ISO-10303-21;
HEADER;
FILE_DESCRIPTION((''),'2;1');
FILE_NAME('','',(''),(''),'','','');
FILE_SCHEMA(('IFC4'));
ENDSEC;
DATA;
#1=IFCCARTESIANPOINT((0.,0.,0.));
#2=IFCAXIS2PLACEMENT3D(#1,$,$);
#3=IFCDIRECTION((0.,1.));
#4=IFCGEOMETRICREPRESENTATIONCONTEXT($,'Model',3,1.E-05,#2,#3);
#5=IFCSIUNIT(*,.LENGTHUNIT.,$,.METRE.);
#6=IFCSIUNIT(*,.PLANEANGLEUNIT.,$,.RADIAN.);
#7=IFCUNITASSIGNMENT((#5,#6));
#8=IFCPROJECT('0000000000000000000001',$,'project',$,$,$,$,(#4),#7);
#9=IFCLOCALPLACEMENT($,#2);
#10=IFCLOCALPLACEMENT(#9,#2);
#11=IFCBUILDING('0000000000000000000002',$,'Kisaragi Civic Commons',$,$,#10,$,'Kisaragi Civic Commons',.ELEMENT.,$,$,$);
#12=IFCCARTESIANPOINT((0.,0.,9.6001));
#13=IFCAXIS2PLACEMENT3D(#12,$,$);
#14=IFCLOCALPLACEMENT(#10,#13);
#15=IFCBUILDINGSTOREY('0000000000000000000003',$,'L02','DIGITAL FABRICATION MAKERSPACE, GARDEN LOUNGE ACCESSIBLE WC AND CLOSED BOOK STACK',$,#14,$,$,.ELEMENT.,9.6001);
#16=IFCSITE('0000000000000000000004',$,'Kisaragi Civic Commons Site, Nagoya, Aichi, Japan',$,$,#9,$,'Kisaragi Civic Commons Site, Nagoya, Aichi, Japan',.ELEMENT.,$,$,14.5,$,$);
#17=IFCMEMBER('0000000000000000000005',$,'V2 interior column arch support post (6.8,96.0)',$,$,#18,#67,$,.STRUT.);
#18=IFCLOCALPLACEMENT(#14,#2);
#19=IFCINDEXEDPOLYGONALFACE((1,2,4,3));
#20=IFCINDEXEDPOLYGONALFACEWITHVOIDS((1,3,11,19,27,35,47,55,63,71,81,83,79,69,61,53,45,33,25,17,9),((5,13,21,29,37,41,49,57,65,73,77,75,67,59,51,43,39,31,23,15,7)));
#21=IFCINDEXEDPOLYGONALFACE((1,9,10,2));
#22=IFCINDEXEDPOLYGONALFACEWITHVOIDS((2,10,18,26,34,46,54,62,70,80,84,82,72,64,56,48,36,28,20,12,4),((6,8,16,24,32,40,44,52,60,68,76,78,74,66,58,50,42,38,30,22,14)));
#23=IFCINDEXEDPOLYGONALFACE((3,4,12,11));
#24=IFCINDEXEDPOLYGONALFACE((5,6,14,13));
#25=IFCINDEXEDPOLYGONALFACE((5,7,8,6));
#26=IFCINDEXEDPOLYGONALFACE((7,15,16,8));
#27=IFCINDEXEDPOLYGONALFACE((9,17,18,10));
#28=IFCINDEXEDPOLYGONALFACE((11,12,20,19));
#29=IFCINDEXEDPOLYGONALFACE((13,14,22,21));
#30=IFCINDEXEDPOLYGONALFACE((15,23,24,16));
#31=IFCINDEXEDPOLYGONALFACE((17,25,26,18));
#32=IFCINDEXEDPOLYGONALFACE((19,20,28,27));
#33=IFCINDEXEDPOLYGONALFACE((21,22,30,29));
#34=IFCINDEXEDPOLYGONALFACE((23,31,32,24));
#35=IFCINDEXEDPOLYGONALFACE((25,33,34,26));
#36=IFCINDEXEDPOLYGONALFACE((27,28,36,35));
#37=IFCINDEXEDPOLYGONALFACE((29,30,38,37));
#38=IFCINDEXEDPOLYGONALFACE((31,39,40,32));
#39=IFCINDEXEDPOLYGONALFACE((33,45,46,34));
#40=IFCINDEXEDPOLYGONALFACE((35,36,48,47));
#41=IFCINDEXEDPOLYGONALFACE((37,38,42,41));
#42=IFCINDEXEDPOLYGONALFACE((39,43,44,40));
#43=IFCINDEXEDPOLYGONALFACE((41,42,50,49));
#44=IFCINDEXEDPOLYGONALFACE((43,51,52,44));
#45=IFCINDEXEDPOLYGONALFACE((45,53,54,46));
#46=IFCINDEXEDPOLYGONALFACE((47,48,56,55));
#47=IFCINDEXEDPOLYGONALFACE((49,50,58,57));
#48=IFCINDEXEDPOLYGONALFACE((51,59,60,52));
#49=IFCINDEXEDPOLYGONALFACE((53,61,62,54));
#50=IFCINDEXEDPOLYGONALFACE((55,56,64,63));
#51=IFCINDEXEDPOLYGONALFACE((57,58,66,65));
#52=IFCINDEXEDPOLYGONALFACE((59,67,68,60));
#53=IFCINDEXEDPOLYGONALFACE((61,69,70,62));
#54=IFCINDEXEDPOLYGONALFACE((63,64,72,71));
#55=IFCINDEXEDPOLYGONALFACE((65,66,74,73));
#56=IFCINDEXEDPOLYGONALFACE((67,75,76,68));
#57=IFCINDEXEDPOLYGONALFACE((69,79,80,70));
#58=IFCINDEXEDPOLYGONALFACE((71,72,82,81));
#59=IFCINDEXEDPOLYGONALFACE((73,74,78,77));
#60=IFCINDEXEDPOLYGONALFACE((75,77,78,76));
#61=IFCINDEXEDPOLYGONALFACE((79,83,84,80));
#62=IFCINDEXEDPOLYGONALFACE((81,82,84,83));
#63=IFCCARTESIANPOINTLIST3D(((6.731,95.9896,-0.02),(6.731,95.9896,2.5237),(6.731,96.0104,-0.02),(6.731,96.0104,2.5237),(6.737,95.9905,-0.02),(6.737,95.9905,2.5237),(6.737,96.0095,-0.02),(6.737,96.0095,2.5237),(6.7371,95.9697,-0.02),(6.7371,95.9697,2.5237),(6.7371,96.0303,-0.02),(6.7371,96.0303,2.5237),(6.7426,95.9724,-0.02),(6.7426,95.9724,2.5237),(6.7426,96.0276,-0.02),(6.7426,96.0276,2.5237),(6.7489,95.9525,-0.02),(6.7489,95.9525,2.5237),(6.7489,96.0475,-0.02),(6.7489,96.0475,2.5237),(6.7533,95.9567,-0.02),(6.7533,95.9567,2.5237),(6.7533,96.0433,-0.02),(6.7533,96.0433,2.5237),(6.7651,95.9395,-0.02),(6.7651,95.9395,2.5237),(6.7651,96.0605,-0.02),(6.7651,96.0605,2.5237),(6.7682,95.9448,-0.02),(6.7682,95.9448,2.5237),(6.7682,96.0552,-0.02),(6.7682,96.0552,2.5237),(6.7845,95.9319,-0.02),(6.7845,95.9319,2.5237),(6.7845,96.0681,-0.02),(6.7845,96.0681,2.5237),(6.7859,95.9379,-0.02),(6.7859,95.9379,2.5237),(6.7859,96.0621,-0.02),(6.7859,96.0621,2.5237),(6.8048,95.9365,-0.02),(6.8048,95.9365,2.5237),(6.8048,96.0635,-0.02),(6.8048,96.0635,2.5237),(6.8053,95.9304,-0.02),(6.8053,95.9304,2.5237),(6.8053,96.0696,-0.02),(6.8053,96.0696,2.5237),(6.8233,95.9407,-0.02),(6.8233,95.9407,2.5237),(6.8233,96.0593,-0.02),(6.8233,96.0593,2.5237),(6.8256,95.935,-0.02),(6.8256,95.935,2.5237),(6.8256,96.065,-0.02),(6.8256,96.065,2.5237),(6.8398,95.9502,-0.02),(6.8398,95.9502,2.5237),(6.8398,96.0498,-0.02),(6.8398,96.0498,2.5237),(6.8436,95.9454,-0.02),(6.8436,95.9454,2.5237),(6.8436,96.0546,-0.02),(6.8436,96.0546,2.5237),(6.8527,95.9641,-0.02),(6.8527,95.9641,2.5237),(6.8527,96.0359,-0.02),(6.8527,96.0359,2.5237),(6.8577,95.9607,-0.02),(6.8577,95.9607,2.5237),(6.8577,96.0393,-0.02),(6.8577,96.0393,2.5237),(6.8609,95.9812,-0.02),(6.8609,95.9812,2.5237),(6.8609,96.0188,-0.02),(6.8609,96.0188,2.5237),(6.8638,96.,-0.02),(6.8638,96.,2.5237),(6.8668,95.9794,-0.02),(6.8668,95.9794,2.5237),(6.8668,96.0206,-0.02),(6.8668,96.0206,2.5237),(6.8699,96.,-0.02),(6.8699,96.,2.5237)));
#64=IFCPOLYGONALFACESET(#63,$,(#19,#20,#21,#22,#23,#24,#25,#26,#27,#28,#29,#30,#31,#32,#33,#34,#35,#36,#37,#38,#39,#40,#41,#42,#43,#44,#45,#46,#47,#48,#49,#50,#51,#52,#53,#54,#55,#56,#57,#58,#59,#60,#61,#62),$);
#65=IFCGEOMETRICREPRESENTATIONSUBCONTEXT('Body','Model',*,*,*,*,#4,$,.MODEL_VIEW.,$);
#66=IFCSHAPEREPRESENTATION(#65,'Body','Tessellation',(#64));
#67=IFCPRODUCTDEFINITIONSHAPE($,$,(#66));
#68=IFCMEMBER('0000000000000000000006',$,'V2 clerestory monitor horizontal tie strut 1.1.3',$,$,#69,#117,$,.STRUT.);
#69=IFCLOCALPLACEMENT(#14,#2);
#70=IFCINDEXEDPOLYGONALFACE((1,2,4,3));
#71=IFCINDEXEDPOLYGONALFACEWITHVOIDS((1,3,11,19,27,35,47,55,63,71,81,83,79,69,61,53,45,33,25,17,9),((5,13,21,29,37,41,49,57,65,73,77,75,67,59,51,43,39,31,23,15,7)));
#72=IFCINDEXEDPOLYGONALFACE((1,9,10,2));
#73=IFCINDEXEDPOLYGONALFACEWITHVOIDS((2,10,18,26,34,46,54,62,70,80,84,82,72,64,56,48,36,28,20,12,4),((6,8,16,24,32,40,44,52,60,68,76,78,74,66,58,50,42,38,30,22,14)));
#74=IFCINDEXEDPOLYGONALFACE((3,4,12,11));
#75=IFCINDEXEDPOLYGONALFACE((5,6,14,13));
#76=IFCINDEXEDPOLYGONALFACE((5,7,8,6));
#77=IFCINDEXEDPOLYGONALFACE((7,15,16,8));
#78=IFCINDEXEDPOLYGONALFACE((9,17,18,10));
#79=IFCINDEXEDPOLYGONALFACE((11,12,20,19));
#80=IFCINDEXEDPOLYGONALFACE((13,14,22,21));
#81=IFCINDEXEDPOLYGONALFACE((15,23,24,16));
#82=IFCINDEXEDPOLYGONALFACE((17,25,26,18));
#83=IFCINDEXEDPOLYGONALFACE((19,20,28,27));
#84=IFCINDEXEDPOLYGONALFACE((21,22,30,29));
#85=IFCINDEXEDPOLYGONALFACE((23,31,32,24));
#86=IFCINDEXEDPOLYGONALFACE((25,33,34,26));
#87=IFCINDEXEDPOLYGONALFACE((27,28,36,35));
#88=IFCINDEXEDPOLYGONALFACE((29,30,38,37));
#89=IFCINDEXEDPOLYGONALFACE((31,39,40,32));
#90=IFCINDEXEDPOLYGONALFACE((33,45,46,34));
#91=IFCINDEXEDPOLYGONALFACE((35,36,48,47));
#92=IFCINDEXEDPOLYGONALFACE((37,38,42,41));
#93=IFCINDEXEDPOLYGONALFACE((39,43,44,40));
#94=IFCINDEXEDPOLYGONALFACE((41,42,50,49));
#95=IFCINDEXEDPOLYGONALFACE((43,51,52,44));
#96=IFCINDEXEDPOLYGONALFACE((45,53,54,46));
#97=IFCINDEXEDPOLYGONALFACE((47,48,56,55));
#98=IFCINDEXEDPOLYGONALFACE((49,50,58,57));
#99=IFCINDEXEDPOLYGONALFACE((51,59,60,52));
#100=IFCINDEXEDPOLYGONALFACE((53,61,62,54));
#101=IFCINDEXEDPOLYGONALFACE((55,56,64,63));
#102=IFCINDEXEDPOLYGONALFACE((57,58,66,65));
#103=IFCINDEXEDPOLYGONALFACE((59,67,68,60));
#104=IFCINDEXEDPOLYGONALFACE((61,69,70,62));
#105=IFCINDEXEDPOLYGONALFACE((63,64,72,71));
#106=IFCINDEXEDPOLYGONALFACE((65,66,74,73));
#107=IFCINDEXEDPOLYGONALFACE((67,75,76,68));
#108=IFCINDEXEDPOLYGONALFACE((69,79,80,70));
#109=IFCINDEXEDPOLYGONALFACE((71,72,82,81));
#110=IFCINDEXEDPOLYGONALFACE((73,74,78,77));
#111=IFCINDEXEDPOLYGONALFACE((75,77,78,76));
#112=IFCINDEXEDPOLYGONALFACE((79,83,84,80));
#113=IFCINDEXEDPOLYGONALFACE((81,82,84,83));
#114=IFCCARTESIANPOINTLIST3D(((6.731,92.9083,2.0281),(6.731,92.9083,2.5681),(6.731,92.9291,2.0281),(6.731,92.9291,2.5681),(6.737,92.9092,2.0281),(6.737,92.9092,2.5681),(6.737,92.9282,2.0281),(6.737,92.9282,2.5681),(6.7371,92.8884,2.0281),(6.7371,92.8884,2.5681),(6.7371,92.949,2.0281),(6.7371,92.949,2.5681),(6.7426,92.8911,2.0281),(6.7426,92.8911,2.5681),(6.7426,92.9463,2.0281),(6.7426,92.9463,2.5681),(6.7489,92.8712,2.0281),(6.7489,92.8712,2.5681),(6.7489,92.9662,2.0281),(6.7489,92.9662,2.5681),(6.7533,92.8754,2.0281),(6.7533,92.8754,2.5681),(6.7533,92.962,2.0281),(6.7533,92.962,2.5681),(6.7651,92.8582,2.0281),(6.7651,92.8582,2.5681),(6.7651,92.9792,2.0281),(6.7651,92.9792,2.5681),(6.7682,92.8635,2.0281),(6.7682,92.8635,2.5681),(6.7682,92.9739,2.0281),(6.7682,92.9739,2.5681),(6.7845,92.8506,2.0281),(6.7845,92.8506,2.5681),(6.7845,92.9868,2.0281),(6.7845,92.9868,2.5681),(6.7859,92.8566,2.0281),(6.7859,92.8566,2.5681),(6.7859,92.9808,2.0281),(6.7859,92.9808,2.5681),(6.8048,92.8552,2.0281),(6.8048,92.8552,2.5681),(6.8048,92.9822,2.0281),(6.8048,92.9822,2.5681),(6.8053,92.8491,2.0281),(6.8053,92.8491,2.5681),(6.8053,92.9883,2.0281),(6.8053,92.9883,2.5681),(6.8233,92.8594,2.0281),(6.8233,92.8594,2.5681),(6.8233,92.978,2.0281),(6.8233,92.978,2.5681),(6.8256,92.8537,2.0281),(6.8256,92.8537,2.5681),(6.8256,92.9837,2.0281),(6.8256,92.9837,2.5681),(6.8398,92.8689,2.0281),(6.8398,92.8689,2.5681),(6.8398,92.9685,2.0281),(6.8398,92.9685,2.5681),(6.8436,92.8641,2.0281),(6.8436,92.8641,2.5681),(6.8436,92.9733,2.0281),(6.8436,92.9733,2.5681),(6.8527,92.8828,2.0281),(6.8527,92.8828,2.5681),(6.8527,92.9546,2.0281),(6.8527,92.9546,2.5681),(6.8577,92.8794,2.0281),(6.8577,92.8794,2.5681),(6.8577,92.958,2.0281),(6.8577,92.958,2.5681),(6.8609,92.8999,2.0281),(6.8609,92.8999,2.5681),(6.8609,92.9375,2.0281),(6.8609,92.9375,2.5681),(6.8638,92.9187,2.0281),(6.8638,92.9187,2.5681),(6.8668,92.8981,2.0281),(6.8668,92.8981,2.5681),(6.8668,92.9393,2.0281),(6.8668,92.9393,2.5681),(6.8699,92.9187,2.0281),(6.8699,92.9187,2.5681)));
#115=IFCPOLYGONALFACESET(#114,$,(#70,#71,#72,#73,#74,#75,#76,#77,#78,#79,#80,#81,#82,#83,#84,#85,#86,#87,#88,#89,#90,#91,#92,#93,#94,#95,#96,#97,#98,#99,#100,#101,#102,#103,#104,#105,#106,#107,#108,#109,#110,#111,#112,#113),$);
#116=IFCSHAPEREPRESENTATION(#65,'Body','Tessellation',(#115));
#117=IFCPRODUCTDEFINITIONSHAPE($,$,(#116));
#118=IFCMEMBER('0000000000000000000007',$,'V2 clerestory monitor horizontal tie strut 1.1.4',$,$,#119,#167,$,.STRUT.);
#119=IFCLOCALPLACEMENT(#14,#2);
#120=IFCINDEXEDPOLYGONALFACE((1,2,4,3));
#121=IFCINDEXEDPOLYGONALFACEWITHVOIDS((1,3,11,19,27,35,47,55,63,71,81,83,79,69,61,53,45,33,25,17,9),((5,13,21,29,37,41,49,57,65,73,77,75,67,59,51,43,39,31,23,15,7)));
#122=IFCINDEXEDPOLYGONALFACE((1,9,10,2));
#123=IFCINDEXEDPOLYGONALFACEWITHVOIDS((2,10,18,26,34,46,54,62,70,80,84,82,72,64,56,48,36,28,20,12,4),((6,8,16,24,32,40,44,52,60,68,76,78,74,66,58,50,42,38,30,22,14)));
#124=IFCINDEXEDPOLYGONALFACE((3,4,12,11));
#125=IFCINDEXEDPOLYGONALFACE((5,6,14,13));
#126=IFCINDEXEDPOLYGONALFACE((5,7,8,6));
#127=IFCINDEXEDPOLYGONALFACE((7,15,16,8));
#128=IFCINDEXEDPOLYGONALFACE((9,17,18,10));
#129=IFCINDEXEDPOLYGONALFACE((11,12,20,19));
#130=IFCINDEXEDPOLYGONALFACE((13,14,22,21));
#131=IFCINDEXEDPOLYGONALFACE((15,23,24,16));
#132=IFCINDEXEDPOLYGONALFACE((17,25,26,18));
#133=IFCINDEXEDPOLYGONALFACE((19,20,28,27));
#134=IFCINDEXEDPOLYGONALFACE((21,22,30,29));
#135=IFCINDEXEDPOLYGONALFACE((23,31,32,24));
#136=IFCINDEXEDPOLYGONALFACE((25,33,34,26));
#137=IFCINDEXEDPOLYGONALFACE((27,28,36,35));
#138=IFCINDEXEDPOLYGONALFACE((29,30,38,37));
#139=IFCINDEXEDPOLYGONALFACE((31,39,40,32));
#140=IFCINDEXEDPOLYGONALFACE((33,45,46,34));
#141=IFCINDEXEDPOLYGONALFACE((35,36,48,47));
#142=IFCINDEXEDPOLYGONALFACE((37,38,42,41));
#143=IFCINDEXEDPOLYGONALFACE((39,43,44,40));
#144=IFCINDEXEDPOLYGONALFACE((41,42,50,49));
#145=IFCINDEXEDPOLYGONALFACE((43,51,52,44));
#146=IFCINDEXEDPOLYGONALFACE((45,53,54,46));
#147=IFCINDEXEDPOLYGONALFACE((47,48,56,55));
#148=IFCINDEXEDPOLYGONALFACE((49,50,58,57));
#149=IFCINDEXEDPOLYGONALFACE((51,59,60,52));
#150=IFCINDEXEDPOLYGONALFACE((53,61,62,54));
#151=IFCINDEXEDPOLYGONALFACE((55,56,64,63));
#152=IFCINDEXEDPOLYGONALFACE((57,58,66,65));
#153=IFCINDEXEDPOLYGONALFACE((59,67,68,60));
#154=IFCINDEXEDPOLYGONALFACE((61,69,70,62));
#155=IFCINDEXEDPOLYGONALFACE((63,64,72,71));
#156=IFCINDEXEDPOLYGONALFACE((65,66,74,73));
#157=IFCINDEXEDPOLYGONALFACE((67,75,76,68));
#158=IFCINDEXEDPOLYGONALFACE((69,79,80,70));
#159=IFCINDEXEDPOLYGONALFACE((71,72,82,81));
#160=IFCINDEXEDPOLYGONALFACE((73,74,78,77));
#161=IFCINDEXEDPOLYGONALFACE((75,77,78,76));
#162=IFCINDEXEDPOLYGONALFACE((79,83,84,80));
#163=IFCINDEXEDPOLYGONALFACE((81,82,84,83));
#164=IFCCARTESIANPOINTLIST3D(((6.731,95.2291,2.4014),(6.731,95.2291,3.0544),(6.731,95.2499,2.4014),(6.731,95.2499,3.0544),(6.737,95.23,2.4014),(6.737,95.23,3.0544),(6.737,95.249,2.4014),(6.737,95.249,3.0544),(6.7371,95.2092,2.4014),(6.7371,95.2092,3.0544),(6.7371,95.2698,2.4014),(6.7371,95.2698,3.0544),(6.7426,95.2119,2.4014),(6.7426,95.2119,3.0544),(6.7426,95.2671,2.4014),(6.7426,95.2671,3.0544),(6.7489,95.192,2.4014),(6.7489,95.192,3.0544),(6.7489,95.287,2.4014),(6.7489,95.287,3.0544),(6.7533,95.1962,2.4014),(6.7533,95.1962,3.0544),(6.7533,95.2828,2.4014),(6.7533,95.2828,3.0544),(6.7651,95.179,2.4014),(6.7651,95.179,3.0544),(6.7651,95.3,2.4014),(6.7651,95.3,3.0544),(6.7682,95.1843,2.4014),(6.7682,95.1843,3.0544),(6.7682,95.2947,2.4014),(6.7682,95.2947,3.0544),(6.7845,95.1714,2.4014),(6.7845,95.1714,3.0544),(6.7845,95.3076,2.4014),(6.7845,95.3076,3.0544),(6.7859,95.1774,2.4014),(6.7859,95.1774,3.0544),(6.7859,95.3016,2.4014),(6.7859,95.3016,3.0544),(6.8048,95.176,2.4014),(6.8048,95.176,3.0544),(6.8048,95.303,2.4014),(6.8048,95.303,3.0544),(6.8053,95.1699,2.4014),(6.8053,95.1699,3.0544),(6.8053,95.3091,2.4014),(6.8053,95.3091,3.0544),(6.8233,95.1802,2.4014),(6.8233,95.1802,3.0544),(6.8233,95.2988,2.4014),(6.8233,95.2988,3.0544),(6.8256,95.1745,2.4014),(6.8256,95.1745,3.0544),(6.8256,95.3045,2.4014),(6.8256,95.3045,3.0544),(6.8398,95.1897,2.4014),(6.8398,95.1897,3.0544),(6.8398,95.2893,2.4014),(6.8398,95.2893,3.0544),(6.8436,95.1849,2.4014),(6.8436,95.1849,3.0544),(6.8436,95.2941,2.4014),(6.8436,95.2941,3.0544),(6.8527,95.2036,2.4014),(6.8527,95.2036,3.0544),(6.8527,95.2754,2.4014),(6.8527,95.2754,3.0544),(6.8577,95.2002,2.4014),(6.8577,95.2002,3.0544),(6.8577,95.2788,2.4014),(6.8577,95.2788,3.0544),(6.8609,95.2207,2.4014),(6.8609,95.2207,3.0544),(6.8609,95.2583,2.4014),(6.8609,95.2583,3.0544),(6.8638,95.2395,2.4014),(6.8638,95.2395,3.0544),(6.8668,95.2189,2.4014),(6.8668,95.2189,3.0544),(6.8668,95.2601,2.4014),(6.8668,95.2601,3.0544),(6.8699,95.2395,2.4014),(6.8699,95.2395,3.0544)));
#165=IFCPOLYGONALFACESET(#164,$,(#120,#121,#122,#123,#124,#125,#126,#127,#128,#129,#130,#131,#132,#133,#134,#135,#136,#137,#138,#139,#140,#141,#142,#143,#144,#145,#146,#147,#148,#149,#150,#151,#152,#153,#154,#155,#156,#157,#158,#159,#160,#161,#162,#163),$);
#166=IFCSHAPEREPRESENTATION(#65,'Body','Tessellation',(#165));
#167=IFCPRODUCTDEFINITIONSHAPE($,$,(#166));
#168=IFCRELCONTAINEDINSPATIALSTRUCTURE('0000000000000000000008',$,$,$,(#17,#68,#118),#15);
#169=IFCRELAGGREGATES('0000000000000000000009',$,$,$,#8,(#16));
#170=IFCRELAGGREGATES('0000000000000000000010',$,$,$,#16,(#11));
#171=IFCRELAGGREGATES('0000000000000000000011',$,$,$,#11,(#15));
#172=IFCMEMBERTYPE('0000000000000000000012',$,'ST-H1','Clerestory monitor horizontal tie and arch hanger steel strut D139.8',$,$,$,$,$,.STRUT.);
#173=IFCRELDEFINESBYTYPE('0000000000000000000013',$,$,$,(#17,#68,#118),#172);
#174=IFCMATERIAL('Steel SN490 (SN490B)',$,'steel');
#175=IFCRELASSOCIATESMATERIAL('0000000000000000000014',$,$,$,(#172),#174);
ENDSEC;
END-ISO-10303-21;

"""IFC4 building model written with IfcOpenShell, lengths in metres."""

from ifc_helpers import new_model, si_unit, direction, frame, origin, origin_2d, place, context, subcontext, project, spatial, hollow_circle, extrude, material, material_profile, profile_set, type_object, element, save


model = new_model("IFC4")

# Units and contexts
model_context = context("Model", 3, precision=1e-05, world=origin(), true_north=direction((0.0, 1.0)))
body_context = subcontext(model_context, "Body", "Model", "MODEL_VIEW")
ifc_project = project(units=[si_unit("LENGTHUNIT", "METRE"), si_unit("PLANEANGLEUNIT", "RADIAN")], contexts=[model_context])

# Site, building, storey
site_placement = place(None, origin())
site = spatial("IfcSite", under=ifc_project, at=site_placement, Name="Kisaragi Civic Commons Site, Nagoya, Aichi, Japan", LongName="Kisaragi Civic Commons Site, Nagoya, Aichi, Japan", CompositionType="ELEMENT", RefElevation=14.5)
building_placement = place(site_placement, origin())
building = spatial("IfcBuilding", under=site, at=building_placement, Name="Kisaragi Civic Commons", LongName="Kisaragi Civic Commons", CompositionType="ELEMENT")
storey_placement = place(building_placement, frame((0.0, 0.0, 9.6001)))
storey = spatial("IfcBuildingStorey", under=building, at=storey_placement, Name="L02", Description="DIGITAL FABRICATION MAKERSPACE, GARDEN LOUNGE ACCESSIBLE WC AND CLOSED BOOK STACK", CompositionType="ELEMENT", Elevation=9.6001)

# Members
ifc_material_1 = material(Name="Steel SN490 (SN490B)", Category="steel")
ifc_material_profile_1 = material_profile(ifc_material_1, hollow_circle(Radius=0.0698, WallThickness=0.0061, at=origin_2d()), Name="CHS-139.8x6.0", Category="steel")
ifc_profile_set_1 = profile_set([ifc_material_profile_1], Name="Steel SN490 (SN490B)")
member_type_1 = type_object("IfcMemberType", Name="ST-H1", Description="Clerestory monitor horizontal tie and arch hanger steel strut D139.8", PredefinedType="STRUT", material=ifc_profile_set_1)
member_1_placement = place(storey_placement, frame((6.8, 96.0, -0.02), z_axis=(0.0, 0.0, 1.0), x_axis=(1.0, 0.0, 0.0)))
element("IfcMember", 1, at=member_1_placement, inside=storey, type_object=member_type_1, Name="V2 interior column arch support post (6.8,96.0)", PredefinedType="STRUT", context=body_context, shape_type="SweptSolid", body=[
    extrude(hollow_circle(Radius=0.0698, WallThickness=0.0061, at=origin_2d()), origin(), (0.0, 0.0, 1.0), 2.5437),
])
member_2_placement = place(storey_placement, frame((6.8, 92.9187, 2.0281), z_axis=(0.0, 0.0, 1.0), x_axis=(1.0, 0.0, 0.0)))
element("IfcMember", 2, at=member_2_placement, inside=storey, type_object=member_type_1, Name="V2 clerestory monitor horizontal tie strut 1.1.3", PredefinedType="STRUT", context=body_context, shape_type="SweptSolid", body=[
    extrude(hollow_circle(Radius=0.0698, WallThickness=0.0061, at=origin_2d()), origin(), (0.0, 0.0, 1.0), 0.54),
])
member_3_placement = place(storey_placement, frame((6.8, 95.2395, 2.4014), z_axis=(0.0, 0.0, 1.0), x_axis=(1.0, 0.0, 0.0)))
element("IfcMember", 3, at=member_3_placement, inside=storey, type_object=member_type_1, Name="V2 clerestory monitor horizontal tie strut 1.1.4", PredefinedType="STRUT", context=body_context, shape_type="SweptSolid", body=[
    extrude(hollow_circle(Radius=0.0698, WallThickness=0.0061, at=origin_2d()), origin(), (0.0, 0.0, 1.0), 0.6531),
])

save(model, "model.ifc")
